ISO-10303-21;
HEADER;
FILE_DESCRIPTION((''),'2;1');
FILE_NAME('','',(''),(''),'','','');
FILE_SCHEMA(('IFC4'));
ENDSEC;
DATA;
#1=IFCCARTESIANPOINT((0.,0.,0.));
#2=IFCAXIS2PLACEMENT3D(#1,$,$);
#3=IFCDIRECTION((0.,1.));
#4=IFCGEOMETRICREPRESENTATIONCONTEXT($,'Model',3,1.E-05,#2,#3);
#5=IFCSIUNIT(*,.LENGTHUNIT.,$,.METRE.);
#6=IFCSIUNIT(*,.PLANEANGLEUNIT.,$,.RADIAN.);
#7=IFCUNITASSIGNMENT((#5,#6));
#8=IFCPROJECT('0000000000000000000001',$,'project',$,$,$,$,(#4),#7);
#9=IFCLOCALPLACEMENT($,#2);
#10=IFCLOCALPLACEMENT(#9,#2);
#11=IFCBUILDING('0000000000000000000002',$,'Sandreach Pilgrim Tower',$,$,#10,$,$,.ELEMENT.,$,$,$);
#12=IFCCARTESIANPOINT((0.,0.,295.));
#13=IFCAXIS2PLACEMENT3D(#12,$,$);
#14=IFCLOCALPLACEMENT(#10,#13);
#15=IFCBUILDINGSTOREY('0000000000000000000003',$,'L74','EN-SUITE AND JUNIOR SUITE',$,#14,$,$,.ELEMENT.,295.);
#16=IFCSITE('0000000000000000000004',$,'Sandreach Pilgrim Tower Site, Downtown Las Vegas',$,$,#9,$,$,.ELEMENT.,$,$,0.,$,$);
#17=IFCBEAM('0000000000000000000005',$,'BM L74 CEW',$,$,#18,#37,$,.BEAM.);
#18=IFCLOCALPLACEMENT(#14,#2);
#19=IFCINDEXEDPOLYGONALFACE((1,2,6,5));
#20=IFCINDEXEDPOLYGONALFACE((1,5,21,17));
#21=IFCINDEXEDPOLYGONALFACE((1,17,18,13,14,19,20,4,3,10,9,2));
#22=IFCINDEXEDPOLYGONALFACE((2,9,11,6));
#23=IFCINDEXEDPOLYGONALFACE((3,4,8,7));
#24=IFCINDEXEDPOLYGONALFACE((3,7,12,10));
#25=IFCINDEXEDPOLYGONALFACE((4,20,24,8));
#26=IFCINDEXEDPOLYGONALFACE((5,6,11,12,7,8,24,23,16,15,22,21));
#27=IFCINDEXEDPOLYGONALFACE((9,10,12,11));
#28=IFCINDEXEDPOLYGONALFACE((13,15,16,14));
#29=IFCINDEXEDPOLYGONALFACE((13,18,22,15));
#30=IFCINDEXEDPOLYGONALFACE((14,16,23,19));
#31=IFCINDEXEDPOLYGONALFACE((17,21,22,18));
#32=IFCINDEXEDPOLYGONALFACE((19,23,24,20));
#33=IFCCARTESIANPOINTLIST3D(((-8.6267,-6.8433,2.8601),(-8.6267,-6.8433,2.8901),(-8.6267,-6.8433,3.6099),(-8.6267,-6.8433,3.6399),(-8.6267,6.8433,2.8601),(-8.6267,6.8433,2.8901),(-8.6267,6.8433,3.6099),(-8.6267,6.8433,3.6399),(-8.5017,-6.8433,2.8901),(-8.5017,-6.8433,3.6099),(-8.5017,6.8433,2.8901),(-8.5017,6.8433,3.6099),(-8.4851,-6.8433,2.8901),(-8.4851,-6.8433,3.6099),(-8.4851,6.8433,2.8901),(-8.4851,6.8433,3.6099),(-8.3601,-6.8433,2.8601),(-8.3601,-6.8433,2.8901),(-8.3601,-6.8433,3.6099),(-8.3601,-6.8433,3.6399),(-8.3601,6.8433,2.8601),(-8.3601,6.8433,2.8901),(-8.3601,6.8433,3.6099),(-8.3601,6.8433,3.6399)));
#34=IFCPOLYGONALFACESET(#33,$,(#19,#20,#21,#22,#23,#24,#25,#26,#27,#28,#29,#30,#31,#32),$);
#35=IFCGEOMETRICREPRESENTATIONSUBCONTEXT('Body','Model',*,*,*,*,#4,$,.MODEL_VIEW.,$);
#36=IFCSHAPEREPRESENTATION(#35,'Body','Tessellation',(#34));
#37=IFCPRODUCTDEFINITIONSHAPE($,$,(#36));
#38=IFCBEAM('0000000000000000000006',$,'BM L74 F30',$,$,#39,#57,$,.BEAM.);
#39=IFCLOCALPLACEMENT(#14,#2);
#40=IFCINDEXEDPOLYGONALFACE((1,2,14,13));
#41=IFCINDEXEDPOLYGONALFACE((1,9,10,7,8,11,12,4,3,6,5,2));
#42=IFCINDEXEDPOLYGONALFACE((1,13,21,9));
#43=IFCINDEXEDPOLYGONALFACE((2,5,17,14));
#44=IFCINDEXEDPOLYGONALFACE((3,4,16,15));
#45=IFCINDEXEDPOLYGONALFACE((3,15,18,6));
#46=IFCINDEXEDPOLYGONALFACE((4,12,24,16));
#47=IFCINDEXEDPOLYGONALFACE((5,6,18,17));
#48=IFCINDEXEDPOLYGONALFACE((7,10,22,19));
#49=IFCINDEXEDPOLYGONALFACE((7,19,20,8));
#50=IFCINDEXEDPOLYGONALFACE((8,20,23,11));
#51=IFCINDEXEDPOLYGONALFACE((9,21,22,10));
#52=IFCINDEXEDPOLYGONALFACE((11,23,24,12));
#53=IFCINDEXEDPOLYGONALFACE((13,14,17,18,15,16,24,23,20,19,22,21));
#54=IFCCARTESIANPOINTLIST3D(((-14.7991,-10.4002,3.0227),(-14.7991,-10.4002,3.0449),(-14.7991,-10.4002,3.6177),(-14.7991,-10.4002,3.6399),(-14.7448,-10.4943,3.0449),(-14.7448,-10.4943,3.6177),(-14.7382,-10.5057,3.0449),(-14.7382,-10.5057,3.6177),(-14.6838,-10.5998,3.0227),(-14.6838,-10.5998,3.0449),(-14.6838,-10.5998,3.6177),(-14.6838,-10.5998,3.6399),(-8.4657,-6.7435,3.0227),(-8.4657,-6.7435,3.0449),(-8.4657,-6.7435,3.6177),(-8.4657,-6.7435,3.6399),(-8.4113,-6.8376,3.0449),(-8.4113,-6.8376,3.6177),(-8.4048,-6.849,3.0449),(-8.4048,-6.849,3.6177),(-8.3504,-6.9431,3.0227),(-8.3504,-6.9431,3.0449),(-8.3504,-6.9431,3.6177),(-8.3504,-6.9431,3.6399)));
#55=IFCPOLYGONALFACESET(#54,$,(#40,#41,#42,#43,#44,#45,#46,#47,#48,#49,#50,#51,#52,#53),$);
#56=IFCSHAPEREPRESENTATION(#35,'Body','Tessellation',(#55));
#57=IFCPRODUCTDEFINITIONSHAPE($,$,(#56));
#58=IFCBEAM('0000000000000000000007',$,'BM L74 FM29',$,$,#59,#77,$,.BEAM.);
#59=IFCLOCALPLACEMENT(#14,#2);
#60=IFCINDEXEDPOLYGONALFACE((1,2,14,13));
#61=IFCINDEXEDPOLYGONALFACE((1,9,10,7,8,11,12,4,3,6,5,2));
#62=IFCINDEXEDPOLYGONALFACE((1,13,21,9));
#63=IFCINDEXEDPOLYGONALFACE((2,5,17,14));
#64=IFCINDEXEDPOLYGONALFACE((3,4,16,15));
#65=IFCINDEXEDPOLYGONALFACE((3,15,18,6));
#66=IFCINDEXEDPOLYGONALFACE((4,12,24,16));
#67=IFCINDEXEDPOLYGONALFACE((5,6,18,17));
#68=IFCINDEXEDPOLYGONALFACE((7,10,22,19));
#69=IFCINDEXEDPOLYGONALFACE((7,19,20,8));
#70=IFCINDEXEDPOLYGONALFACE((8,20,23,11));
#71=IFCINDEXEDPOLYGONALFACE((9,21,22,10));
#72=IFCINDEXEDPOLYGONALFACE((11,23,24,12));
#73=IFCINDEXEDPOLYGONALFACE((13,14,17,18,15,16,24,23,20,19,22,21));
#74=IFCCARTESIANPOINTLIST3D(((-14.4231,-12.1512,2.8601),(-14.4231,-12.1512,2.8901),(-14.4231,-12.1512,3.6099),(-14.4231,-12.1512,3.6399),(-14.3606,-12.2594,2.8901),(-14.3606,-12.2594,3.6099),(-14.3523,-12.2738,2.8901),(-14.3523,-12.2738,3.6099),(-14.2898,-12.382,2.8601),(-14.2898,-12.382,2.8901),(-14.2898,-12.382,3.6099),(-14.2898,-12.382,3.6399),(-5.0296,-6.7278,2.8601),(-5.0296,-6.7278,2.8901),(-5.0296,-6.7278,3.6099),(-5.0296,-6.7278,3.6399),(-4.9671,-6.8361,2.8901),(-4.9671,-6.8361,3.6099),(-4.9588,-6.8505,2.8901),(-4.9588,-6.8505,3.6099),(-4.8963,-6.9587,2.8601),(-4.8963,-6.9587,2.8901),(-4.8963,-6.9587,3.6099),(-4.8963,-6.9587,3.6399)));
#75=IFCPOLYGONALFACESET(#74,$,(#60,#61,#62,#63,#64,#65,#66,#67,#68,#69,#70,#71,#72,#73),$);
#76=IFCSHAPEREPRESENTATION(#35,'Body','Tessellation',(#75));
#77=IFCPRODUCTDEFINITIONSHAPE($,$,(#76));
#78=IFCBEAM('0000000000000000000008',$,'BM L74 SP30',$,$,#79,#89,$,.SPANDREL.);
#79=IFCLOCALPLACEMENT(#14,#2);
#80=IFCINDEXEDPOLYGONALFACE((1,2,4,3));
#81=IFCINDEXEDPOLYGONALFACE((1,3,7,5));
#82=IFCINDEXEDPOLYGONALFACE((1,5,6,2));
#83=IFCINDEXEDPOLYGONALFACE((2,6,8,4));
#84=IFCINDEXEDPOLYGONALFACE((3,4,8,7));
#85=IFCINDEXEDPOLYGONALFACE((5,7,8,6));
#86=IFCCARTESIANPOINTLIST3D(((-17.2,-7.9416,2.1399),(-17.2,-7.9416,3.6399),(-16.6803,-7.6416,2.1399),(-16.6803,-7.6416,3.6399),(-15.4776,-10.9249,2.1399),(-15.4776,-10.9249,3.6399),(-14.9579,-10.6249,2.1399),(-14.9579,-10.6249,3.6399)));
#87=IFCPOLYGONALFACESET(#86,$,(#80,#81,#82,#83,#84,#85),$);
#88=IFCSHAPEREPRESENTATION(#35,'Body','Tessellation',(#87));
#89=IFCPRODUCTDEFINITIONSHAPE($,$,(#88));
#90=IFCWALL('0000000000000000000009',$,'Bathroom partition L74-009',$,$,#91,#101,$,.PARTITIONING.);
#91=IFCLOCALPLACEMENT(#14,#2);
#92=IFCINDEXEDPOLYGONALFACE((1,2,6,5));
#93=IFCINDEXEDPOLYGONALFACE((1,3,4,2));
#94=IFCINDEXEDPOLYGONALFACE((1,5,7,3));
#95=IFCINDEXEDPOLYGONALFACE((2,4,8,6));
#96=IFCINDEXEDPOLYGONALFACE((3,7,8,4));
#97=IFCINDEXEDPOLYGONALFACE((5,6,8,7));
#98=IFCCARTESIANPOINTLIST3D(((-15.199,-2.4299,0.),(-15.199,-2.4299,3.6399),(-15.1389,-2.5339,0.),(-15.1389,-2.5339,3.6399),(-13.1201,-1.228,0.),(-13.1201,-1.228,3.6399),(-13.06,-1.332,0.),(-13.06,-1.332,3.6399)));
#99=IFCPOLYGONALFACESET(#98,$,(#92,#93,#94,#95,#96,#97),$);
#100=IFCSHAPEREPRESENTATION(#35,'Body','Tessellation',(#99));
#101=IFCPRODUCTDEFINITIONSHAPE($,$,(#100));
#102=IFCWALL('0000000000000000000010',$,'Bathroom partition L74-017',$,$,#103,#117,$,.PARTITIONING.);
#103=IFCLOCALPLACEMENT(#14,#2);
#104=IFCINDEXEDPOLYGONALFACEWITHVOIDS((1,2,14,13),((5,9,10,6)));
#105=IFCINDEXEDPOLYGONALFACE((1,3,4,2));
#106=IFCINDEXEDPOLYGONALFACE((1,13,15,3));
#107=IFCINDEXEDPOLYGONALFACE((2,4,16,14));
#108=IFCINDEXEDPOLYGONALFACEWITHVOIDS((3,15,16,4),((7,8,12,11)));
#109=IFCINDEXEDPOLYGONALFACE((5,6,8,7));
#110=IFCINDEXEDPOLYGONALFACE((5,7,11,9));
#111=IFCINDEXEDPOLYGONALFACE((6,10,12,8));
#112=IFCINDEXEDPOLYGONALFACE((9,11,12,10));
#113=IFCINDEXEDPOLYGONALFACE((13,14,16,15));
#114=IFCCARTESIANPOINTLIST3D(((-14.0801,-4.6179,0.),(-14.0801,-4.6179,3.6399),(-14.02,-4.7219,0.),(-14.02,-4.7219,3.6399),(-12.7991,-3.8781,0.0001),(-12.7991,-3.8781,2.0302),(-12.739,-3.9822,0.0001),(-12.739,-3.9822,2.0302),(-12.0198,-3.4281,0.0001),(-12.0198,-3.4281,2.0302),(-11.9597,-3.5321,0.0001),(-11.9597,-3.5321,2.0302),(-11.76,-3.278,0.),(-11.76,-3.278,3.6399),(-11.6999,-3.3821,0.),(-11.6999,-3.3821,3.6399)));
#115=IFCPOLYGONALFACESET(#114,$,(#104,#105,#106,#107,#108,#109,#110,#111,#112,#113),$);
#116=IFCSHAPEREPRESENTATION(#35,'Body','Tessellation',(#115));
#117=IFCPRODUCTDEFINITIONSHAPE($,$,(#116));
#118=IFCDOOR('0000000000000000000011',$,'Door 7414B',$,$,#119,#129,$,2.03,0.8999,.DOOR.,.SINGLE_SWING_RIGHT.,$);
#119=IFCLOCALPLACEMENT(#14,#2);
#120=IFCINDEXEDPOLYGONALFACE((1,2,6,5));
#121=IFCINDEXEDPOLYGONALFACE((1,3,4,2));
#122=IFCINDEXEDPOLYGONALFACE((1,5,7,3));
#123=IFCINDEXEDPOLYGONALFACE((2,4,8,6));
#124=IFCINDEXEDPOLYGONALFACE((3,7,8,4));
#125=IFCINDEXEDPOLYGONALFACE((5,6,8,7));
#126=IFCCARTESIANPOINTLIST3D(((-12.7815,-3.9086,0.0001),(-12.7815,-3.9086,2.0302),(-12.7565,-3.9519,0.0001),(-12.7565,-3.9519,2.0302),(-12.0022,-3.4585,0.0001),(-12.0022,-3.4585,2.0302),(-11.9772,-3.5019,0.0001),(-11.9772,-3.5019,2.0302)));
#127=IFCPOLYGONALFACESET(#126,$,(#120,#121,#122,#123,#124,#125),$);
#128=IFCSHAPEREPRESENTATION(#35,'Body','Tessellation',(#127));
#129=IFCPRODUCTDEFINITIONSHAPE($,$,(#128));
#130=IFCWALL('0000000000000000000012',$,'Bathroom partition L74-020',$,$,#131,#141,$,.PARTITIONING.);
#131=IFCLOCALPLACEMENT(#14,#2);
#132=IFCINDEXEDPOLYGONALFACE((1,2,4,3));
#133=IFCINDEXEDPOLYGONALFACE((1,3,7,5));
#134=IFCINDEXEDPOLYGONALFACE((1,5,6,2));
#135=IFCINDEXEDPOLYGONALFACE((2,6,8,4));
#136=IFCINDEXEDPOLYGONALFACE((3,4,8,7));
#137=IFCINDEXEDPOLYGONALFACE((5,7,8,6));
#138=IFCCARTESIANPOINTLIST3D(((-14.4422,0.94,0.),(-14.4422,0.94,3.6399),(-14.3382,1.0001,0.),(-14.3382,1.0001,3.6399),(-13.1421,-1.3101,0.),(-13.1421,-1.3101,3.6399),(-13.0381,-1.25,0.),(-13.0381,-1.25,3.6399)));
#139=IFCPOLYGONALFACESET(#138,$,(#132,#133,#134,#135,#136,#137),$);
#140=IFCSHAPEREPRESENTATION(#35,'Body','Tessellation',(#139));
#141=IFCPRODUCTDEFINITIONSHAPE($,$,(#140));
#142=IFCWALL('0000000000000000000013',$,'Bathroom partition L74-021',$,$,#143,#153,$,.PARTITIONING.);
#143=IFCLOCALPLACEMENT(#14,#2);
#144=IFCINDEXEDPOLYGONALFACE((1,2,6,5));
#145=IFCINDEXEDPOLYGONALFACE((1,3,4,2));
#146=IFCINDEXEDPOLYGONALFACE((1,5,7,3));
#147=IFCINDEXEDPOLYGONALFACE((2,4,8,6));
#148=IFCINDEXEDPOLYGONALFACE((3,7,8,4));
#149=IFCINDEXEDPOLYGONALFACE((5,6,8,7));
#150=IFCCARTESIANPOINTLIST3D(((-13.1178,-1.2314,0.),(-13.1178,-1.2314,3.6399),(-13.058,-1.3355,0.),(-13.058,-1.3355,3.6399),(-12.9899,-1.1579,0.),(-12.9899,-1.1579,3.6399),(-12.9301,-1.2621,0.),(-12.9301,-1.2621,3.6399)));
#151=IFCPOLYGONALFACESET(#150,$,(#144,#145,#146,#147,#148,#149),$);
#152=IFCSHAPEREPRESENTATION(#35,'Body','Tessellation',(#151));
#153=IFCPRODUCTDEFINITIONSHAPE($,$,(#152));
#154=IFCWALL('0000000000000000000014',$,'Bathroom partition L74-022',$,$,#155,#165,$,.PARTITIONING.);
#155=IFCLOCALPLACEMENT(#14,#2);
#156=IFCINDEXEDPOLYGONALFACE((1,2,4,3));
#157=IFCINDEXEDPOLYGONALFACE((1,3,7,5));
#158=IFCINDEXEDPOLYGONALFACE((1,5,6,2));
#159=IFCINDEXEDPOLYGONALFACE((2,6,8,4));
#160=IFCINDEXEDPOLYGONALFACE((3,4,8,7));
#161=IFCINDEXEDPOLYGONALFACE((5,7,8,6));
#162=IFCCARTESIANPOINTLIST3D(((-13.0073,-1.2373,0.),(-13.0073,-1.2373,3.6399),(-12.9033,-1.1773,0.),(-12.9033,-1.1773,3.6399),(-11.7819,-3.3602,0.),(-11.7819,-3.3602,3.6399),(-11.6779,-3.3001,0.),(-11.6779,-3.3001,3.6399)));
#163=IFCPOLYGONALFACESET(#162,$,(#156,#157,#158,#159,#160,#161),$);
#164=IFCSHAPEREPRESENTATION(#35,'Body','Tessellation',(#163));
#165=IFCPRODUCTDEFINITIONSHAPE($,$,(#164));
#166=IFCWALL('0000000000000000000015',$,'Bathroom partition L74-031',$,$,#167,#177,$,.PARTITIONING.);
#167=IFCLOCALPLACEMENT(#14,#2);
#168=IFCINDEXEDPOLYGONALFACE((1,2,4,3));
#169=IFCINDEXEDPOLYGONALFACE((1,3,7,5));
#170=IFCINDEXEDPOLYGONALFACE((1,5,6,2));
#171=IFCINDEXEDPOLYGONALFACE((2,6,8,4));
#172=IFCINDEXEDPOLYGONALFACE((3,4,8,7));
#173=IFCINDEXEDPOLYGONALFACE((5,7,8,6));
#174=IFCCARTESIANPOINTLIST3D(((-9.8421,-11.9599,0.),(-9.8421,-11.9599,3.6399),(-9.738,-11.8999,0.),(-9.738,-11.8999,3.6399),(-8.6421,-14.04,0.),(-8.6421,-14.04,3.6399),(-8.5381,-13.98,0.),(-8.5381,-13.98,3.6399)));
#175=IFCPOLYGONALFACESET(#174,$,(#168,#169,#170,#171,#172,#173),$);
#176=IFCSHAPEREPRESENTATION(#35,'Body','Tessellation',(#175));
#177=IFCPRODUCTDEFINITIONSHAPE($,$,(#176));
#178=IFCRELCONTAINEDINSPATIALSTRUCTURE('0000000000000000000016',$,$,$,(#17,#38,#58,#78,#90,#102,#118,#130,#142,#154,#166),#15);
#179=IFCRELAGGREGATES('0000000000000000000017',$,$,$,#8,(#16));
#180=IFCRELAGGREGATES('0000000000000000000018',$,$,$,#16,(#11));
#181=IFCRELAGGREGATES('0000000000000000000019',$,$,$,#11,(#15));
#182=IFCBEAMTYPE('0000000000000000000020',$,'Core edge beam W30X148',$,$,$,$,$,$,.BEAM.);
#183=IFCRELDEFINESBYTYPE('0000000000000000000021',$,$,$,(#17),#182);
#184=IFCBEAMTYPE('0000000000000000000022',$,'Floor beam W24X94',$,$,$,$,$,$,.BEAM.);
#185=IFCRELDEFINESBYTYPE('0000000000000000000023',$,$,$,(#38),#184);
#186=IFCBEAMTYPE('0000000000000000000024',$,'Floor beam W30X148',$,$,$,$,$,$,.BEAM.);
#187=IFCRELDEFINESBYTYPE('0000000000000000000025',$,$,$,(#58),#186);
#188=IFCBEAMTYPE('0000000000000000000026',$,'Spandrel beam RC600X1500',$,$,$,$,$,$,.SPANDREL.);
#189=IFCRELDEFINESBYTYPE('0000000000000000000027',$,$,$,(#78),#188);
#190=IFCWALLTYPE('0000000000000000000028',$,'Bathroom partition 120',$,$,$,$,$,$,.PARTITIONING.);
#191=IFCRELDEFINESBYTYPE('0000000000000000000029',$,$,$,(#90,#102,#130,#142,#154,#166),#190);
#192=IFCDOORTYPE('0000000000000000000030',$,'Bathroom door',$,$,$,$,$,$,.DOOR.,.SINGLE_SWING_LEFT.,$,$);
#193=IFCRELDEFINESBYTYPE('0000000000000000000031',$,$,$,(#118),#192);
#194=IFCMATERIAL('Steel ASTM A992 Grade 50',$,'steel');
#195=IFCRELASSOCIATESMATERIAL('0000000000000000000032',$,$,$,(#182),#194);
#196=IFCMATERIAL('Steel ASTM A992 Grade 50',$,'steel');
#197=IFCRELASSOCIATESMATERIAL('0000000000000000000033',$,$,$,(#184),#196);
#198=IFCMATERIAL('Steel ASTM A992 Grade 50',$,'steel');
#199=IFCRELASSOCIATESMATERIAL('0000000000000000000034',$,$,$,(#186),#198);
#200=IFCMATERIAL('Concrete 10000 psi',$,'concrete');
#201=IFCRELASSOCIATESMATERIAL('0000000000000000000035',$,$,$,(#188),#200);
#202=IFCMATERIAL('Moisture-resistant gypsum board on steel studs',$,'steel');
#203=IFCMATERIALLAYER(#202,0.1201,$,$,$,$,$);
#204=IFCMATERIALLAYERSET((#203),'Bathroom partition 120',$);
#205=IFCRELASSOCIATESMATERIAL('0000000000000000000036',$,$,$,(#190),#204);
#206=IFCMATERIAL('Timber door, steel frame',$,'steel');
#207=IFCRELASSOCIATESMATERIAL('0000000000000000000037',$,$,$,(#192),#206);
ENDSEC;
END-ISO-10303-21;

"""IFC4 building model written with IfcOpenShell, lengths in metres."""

from ifc_helpers import new_model, si_unit, direction, frame, frame_2d, origin, origin_2d, place, context, subcontext, project, spatial, rectangle, i_section, extrude, material, layer, layer_set, material_profile, profile_set, type_object, element, fill, save


model = new_model("IFC4")

# Units and contexts
model_context = context("Model", 3, precision=1e-05, world=origin(), true_north=direction((0.0, 1.0)))
body_context = subcontext(model_context, "Body", "Model", "MODEL_VIEW")
ifc_project = project(units=[si_unit("LENGTHUNIT", "METRE"), si_unit("PLANEANGLEUNIT", "RADIAN")], contexts=[model_context])

# Site, building, storey
site_placement = place(None, origin())
site = spatial("IfcSite", under=ifc_project, at=site_placement, Name="Sandreach Pilgrim Tower Site, Downtown Las Vegas", CompositionType="ELEMENT", RefElevation=0.0)
building_placement = place(site_placement, origin())
building = spatial("IfcBuilding", under=site, at=building_placement, Name="Sandreach Pilgrim Tower", CompositionType="ELEMENT")
storey_placement = place(building_placement, frame((0.0, 0.0, 295.0)))
storey = spatial("IfcBuildingStorey", under=building, at=storey_placement, Name="L74", Description="EN-SUITE AND JUNIOR SUITE", CompositionType="ELEMENT", Elevation=295.0)

# Beams
ifc_material_1 = material(Name="Steel ASTM A992 Grade 50", Category="steel")
ifc_material_profile_1 = material_profile(ifc_material_1, i_section(OverallWidth=0.2666, OverallDepth=0.7798, WebThickness=0.0166, FlangeThickness=0.03, at=origin_2d()), Name="W30X148")
ifc_profile_set_1 = profile_set([ifc_material_profile_1], Name="Steel ASTM A992 Grade 50")
beam_type_1 = type_object("IfcBeamType", Name="Core edge beam W30X148", PredefinedType="BEAM", material=ifc_profile_set_1)
beam_1_placement = place(storey_placement, frame((-8.4934, -6.8433, 3.25), z_axis=(0.0, 1.0, 0.0), x_axis=(-1.0, 0.0, 0.0)))
element("IfcBeam", 1, at=beam_1_placement, inside=storey, type_object=beam_type_1, Name="BM L74 CEW", PredefinedType="BEAM", context=body_context, shape_type="SweptSolid", body=[
    extrude(i_section(OverallWidth=0.2666, OverallDepth=0.7798, WebThickness=0.0166, FlangeThickness=0.03, at=origin_2d()), origin(), (0.0, 0.0, 1.0), 13.6865),
])
ifc_material_2 = material(Name="Steel ASTM A992 Grade 50", Category="steel")
ifc_material_profile_2 = material_profile(ifc_material_2, i_section(OverallWidth=0.2305, OverallDepth=0.6172, WebThickness=0.0132, FlangeThickness=0.0222, at=origin_2d()), Name="W24X94")
ifc_profile_set_2 = profile_set([ifc_material_profile_2], Name="Steel ASTM A992 Grade 50")
beam_type_2 = type_object("IfcBeamType", Name="Floor beam W24X94", PredefinedType="BEAM", material=ifc_profile_set_2)
beam_2_placement = place(storey_placement, frame((-14.7415, -10.5, 3.3313), z_axis=(0.86602, 0.500009, 0.0), x_axis=(-0.500009, 0.86602, 0.0)))
element("IfcBeam", 2, at=beam_2_placement, inside=storey, type_object=beam_type_2, Name="BM L74 F30", PredefinedType="BEAM", context=body_context, shape_type="SweptSolid", body=[
    extrude(i_section(OverallWidth=0.2305, OverallDepth=0.6172, WebThickness=0.0132, FlangeThickness=0.0222, at=origin_2d()), origin(), (0.0, 0.0, 1.0), 7.3132),
])
ifc_material_3 = material(Name="Steel ASTM A992 Grade 50", Category="steel")
ifc_material_profile_3 = material_profile(ifc_material_3, i_section(OverallWidth=0.2666, OverallDepth=0.7798, WebThickness=0.0166, FlangeThickness=0.03, at=origin_2d()), Name="W30X148")
ifc_profile_set_3 = profile_set([ifc_material_profile_3], Name="Steel ASTM A992 Grade 50")
beam_type_3 = type_object("IfcBeamType", Name="Floor beam W30X148", PredefinedType="BEAM", material=ifc_profile_set_3)
beam_3_placement = place(storey_placement, frame((-14.3564, -12.2666, 3.25), z_axis=(0.866027, 0.499998, 0.0), x_axis=(-0.499998, 0.866027, 0.0)))
element("IfcBeam", 3, at=beam_3_placement, inside=storey, type_object=beam_type_3, Name="BM L74 FM29", PredefinedType="BEAM", context=body_context, shape_type="SweptSolid", body=[
    extrude(i_section(OverallWidth=0.2666, OverallDepth=0.7798, WebThickness=0.0166, FlangeThickness=0.03, at=origin_2d()), origin(), (0.0, 0.0, 1.0), 10.8467),
])
ifc_material_4 = material(Name="Concrete 10000 psi", Category="concrete")
ifc_material_profile_4 = material_profile(ifc_material_4, rectangle(XDim=0.6001, YDim=1.5, at=origin_2d()), Name="RC600X1500")
ifc_profile_set_4 = profile_set([ifc_material_profile_4], Name="Concrete 10000 psi")
beam_type_4 = type_object("IfcBeamType", Name="Spandrel beam RC600X1500", PredefinedType="SPANDREL", material=ifc_profile_set_4)
beam_4_placement = place(storey_placement, frame((-15.2178, -10.7749, 2.8899), z_axis=(-0.499988, 0.866032, 0.0), x_axis=(-0.866032, -0.499988, 0.0)))
element("IfcBeam", 4, at=beam_4_placement, inside=storey, type_object=beam_type_4, Name="BM L74 SP30", PredefinedType="SPANDREL", context=body_context, shape_type="SweptSolid", body=[
    extrude(rectangle(XDim=0.6001, YDim=1.5, at=origin_2d()), origin(), (0.0, 0.0, 1.0), 3.4448),
])

# Wall
ifc_material_5 = material(Name="Moisture-resistant gypsum board on steel studs", Category="steel")
ifc_layer_1 = layer(ifc_material_5, 0.1201)
ifc_layer_set_1 = layer_set([ifc_layer_1], Name="Bathroom partition 120")
wall_type_1 = type_object("IfcWallType", Name="Bathroom partition 120", PredefinedType="PARTITIONING", material=ifc_layer_set_1)
wall_1_placement = place(storey_placement, frame((-15.1689, -2.4819, 0.0), z_axis=(0.0, 0.0, 1.0), x_axis=(0.865723, 0.500523, 0.0)))
element("IfcWall", 5, at=wall_1_placement, inside=storey, type_object=wall_type_1, Name="Bathroom partition L74-009", PredefinedType="PARTITIONING", context=body_context, shape_type="SweptSolid", body=[
    extrude(rectangle(XDim=2.4014, YDim=0.1201, at=frame_2d((1.2007, 0.0))), origin(), (0.0, 0.0, 1.0), 3.6399),
])

# Wall, opening, door
wall_2_placement = place(storey_placement, frame((-14.05, -4.6699, 0.0), z_axis=(0.0, 0.0, 1.0), x_axis=(0.865969, 0.500098, 0.0)))
wall_2 = element("IfcWall", 6, at=wall_2_placement, inside=storey, type_object=wall_type_1, Name="Bathroom partition L74-017", PredefinedType="PARTITIONING", context=body_context, shape_type="SweptSolid", body=[
    extrude(rectangle(XDim=2.6792, YDim=0.1201, at=frame_2d((1.3396, 0.0))), origin(), (0.0, 0.0, 1.0), 3.6399),
])
opening_1_placement = place(wall_2_placement, frame((1.4792, 0.0, 0.0)))
opening_1 = element("IfcOpeningElement", 7, at=opening_1_placement, cuts=wall_2, PredefinedType="OPENING", context=body_context, shape_type="SweptSolid", body=[
    extrude(rectangle(XDim=0.8999, YDim=2.03, at=frame_2d((0.45, 1.0151))), frame((0.0, 0.0601, 0.0), z_axis=(0.0, -1.0, 0.0), x_axis=(1.0, 0.0, 0.0)), (0.0, 0.0, 1.0), 0.1201),
])
ifc_material_6 = material(Name="Timber door, steel frame", Category="steel")
door_type_1 = type_object("IfcDoorType", Name="Bathroom door", OperationType="SINGLE_SWING_LEFT", PredefinedType="DOOR", material=ifc_material_6)
door_1_placement = place(opening_1_placement, origin())
door_1 = element("IfcDoor", 8, at=door_1_placement, inside=storey, type_object=door_type_1, Name="Door 7414B", OperationType="SINGLE_SWING_RIGHT", OverallHeight=2.03, OverallWidth=0.8999, PredefinedType="DOOR", context=body_context, shape_type="SweptSolid", body=[
    extrude(rectangle(XDim=0.8999, YDim=2.03, at=frame_2d((0.45, 1.0151))), frame((0.0, 0.0249, 0.0), z_axis=(0.0, -1.0, 0.0), x_axis=(1.0, 0.0, 0.0)), (0.0, 0.0, 1.0), 0.05),
])
fill(opening_1, door_1)

# Walls
wall_3_placement = place(storey_placement, frame((-13.0901, -1.28, 0.0), z_axis=(0.0, 0.0, 1.0), x_axis=(-0.500292, 0.865857, 0.0)))
element("IfcWall", 9, at=wall_3_placement, inside=storey, type_object=wall_type_1, Name="Bathroom partition L74-020", PredefinedType="PARTITIONING", context=body_context, shape_type="SweptSolid", body=[
    extrude(rectangle(XDim=2.5986, YDim=0.1201, at=frame_2d((1.2993, 0.0))), origin(), (0.0, 0.0, 1.0), 3.6399),
])
wall_4_placement = place(storey_placement, frame((-13.0879, -1.2834, 0.0), z_axis=(0.0, 0.0, 1.0), x_axis=(0.867121, 0.498098, 0.0)))
element("IfcWall", 10, at=wall_4_placement, inside=storey, type_object=wall_type_1, Name="Bathroom partition L74-021", PredefinedType="PARTITIONING", context=body_context, shape_type="SweptSolid", body=[
    extrude(rectangle(XDim=0.1475, YDim=0.1201, at=frame_2d((0.0737, 0.0))), origin(), (0.0, 0.0, 1.0), 3.6399),
])
wall_5_placement = place(storey_placement, frame((-12.9553, -1.2073, 0.0), z_axis=(0.0, 0.0, 1.0), x_axis=(0.499921, -0.866071, 0.0)))
element("IfcWall", 11, at=wall_5_placement, inside=storey, type_object=wall_type_1, Name="Bathroom partition L74-022", PredefinedType="PARTITIONING", context=body_context, shape_type="SweptSolid", body=[
    extrude(rectangle(XDim=2.4512, YDim=0.1201, at=frame_2d((1.2256, 0.0))), origin(), (0.0, 0.0, 1.0), 3.6399),
])
wall_6_placement = place(storey_placement, frame((-9.79, -11.9299, 0.0), z_axis=(0.0, 0.0, 1.0), x_axis=(0.499693, -0.866203, 0.0)))
element("IfcWall", 12, at=wall_6_placement, inside=storey, type_object=wall_type_1, Name="Bathroom partition L74-031", PredefinedType="PARTITIONING", context=body_context, shape_type="SweptSolid", body=[
    extrude(rectangle(XDim=2.4014, YDim=0.1201, at=frame_2d((1.2007, 0.0))), origin(), (0.0, 0.0, 1.0), 3.6399),
])

save(model, "model.ifc")
